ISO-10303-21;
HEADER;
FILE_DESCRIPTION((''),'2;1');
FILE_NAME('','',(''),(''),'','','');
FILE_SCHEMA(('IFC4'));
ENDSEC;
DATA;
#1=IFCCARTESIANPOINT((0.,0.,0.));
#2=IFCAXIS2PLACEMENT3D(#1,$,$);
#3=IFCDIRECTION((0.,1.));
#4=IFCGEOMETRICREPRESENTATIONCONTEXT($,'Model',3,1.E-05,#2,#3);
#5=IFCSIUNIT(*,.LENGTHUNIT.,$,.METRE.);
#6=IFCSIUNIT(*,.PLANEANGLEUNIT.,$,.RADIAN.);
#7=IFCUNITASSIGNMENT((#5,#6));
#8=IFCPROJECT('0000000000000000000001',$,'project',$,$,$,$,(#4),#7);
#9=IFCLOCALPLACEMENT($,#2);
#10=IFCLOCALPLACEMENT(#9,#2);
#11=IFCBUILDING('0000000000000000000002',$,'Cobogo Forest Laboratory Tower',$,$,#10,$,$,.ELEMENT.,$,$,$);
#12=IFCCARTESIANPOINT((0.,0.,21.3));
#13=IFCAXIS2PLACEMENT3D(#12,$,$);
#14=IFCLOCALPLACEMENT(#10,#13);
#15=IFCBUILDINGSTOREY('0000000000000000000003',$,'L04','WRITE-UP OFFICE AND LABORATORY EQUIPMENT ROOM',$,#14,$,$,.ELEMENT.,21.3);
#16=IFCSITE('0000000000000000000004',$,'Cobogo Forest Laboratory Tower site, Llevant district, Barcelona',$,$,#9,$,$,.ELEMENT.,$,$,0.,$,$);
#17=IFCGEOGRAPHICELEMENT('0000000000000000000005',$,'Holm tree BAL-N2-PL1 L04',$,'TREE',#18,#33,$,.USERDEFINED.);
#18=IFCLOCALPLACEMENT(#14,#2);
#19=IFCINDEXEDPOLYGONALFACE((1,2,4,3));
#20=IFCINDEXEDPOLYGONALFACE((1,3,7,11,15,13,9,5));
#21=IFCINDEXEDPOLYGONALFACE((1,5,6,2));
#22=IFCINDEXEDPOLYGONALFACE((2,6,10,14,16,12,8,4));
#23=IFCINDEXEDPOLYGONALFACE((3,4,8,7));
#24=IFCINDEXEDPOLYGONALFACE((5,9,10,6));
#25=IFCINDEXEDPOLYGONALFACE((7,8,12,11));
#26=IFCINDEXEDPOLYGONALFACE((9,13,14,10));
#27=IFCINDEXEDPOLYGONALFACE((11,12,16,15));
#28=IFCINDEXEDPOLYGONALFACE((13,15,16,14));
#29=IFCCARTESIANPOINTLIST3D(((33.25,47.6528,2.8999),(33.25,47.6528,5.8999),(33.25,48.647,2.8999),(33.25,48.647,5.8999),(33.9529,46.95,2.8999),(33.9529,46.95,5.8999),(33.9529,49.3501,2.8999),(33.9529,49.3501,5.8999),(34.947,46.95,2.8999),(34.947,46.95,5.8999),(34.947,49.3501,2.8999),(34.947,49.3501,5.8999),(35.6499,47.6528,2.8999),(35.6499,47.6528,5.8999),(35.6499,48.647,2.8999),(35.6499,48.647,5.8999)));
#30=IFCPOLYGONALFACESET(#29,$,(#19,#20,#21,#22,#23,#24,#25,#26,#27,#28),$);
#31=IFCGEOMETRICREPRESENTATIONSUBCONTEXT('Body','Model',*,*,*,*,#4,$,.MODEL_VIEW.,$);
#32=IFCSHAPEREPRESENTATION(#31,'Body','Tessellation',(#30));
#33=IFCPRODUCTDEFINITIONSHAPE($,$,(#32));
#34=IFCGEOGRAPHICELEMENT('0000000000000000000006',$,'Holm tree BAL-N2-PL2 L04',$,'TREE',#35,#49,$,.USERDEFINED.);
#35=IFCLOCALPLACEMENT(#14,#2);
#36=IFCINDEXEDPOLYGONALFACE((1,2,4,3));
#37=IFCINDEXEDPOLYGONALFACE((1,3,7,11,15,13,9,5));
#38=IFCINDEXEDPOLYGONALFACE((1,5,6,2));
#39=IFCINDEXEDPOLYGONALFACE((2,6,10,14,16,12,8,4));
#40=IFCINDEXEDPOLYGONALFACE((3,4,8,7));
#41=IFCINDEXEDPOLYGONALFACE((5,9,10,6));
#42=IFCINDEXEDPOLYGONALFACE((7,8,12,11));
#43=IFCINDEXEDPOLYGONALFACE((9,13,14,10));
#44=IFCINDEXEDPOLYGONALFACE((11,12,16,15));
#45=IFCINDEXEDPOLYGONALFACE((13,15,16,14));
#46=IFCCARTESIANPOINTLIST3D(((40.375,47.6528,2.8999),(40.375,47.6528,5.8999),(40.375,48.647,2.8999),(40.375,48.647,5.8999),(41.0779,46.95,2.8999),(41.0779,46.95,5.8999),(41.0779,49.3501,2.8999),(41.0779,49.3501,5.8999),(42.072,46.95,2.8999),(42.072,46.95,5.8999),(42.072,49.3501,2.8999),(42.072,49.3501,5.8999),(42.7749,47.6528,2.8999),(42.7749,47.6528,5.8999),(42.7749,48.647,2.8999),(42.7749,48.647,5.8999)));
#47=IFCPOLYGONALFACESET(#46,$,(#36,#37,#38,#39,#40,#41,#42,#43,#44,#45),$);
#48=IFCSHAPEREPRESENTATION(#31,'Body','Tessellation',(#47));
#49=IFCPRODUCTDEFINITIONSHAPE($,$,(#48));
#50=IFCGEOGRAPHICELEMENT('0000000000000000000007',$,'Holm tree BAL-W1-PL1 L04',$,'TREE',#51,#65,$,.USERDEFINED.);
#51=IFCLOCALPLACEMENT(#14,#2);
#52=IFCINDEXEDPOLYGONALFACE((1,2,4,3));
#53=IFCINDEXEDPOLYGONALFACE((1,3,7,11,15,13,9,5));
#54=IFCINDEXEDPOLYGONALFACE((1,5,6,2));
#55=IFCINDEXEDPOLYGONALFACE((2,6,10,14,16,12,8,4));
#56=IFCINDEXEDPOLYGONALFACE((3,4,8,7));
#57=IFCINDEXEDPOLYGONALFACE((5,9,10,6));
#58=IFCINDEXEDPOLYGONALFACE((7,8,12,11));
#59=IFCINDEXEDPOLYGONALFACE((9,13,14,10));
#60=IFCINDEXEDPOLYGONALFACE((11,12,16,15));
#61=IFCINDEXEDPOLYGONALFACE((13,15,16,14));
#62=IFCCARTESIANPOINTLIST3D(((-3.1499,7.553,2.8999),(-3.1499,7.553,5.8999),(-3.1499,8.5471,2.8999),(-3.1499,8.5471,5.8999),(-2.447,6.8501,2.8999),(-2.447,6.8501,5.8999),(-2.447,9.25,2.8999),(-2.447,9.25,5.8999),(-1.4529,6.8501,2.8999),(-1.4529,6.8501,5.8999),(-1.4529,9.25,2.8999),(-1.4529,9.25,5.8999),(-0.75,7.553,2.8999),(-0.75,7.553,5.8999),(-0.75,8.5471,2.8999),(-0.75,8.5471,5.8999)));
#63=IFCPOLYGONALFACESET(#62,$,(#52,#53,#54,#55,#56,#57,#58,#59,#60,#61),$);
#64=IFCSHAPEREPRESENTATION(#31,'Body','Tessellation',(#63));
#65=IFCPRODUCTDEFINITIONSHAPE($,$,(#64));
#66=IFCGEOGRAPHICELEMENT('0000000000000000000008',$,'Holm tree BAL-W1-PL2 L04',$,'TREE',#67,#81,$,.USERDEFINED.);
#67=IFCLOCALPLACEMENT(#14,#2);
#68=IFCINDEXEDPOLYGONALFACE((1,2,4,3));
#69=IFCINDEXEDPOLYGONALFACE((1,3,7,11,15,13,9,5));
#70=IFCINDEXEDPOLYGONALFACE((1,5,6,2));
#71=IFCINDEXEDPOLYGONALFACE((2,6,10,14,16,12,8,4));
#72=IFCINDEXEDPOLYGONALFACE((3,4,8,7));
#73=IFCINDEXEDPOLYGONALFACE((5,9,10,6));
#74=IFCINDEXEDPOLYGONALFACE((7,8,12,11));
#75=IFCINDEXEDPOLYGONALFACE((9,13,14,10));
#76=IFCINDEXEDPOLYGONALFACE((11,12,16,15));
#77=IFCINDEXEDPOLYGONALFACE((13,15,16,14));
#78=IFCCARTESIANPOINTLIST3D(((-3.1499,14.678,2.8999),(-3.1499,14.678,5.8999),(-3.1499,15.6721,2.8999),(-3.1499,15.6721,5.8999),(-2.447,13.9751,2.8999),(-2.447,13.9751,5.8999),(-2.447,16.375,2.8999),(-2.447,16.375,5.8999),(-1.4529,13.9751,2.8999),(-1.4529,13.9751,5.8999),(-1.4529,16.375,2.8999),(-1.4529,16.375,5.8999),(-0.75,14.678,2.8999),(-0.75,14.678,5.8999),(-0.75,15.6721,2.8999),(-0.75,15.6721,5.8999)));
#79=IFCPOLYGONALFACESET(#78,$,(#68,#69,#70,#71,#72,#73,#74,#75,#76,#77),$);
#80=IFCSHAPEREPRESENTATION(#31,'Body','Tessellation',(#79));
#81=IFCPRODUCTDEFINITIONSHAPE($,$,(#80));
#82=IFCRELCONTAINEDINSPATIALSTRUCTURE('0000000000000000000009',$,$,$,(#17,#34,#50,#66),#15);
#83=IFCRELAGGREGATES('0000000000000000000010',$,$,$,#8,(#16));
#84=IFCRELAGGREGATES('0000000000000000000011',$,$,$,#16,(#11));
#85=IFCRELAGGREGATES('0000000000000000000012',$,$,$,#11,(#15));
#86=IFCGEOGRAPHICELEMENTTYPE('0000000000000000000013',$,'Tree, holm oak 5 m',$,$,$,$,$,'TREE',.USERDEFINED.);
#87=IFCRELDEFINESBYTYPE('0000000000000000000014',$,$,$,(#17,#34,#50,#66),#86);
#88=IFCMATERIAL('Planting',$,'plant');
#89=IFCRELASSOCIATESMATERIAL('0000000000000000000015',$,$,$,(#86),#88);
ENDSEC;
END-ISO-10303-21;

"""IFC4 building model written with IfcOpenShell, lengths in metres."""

from ifc_helpers import new_model, si_unit, direction, frame, origin, place, context, subcontext, project, spatial, polyline, outline, extrude, material, type_object, element, save


model = new_model("IFC4")

# Units and contexts
model_context = context("Model", 3, precision=1e-05, world=origin(), true_north=direction((0.0, 1.0)))
body_context = subcontext(model_context, "Body", "Model", "MODEL_VIEW")
ifc_project = project(units=[si_unit("LENGTHUNIT", "METRE"), si_unit("PLANEANGLEUNIT", "RADIAN")], contexts=[model_context])

# Site, building, storey
site_placement = place(None, origin())
site = spatial("IfcSite", under=ifc_project, at=site_placement, Name="Cobogo Forest Laboratory Tower site, Llevant district, Barcelona", CompositionType="ELEMENT", RefElevation=0.0)
building_placement = place(site_placement, origin())
building = spatial("IfcBuilding", under=site, at=building_placement, Name="Cobogo Forest Laboratory Tower", CompositionType="ELEMENT")
storey_placement = place(building_placement, frame((0.0, 0.0, 21.3)))
storey = spatial("IfcBuildingStorey", under=building, at=storey_placement, Name="L04", Description="WRITE-UP OFFICE AND LABORATORY EQUIPMENT ROOM", CompositionType="ELEMENT", Elevation=21.3)

# Geographic elements
ifc_material_1 = material(Name="Planting", Category="plant")
geographic_element_type = type_object("IfcGeographicElementType", Name="Tree, holm oak 5 m", ElementType="TREE", PredefinedType="USERDEFINED", material=ifc_material_1)
geographic_element_1_placement = place(storey_placement, frame((0.0, 0.0, 2.8999)))
element("IfcGeographicElement", 1, at=geographic_element_1_placement, inside=storey, type_object=geographic_element_type, Name="Holm tree BAL-N2-PL1 L04", ObjectType="TREE", PredefinedType="USERDEFINED", context=body_context, shape_type="SweptSolid", body=[
    extrude(outline(polyline([(35.6499, 47.6528), (35.6499, 48.647), (34.947, 49.3501), (33.9529, 49.3501), (33.25, 48.647), (33.25, 47.6528), (33.9529, 46.95), (34.947, 46.95), (35.6499, 47.6528)])), origin(), (0.0, 0.0, 1.0), 3.0),
])
geographic_element_2_placement = place(storey_placement, frame((0.0, 0.0, 2.8999)))
element("IfcGeographicElement", 2, at=geographic_element_2_placement, inside=storey, type_object=geographic_element_type, Name="Holm tree BAL-N2-PL2 L04", ObjectType="TREE", PredefinedType="USERDEFINED", context=body_context, shape_type="SweptSolid", body=[
    extrude(outline(polyline([(42.7749, 47.6528), (42.7749, 48.647), (42.072, 49.3501), (41.0779, 49.3501), (40.375, 48.647), (40.375, 47.6528), (41.0779, 46.95), (42.072, 46.95), (42.7749, 47.6528)])), origin(), (0.0, 0.0, 1.0), 3.0),
])
geographic_element_3_placement = place(storey_placement, frame((0.0, 0.0, 2.8999)))
element("IfcGeographicElement", 3, at=geographic_element_3_placement, inside=storey, type_object=geographic_element_type, Name="Holm tree BAL-W1-PL1 L04", ObjectType="TREE", PredefinedType="USERDEFINED", context=body_context, shape_type="SweptSolid", body=[
    extrude(outline(polyline([(-0.75, 7.553), (-0.75, 8.5471), (-1.4529, 9.25), (-2.447, 9.25), (-3.1499, 8.5471), (-3.1499, 7.553), (-2.447, 6.8501), (-1.4529, 6.8501), (-0.75, 7.553)])), origin(), (0.0, 0.0, 1.0), 3.0),
])
geographic_element_4_placement = place(storey_placement, frame((0.0, 0.0, 2.8999)))
element("IfcGeographicElement", 4, at=geographic_element_4_placement, inside=storey, type_object=geographic_element_type, Name="Holm tree BAL-W1-PL2 L04", ObjectType="TREE", PredefinedType="USERDEFINED", context=body_context, shape_type="SweptSolid", body=[
    extrude(outline(polyline([(-0.75, 14.678), (-0.75, 15.6721), (-1.4529, 16.375), (-2.447, 16.375), (-3.1499, 15.6721), (-3.1499, 14.678), (-2.447, 13.9751), (-1.4529, 13.9751), (-0.75, 14.678)])), origin(), (0.0, 0.0, 1.0), 3.0),
])

save(model, "model.ifc")
